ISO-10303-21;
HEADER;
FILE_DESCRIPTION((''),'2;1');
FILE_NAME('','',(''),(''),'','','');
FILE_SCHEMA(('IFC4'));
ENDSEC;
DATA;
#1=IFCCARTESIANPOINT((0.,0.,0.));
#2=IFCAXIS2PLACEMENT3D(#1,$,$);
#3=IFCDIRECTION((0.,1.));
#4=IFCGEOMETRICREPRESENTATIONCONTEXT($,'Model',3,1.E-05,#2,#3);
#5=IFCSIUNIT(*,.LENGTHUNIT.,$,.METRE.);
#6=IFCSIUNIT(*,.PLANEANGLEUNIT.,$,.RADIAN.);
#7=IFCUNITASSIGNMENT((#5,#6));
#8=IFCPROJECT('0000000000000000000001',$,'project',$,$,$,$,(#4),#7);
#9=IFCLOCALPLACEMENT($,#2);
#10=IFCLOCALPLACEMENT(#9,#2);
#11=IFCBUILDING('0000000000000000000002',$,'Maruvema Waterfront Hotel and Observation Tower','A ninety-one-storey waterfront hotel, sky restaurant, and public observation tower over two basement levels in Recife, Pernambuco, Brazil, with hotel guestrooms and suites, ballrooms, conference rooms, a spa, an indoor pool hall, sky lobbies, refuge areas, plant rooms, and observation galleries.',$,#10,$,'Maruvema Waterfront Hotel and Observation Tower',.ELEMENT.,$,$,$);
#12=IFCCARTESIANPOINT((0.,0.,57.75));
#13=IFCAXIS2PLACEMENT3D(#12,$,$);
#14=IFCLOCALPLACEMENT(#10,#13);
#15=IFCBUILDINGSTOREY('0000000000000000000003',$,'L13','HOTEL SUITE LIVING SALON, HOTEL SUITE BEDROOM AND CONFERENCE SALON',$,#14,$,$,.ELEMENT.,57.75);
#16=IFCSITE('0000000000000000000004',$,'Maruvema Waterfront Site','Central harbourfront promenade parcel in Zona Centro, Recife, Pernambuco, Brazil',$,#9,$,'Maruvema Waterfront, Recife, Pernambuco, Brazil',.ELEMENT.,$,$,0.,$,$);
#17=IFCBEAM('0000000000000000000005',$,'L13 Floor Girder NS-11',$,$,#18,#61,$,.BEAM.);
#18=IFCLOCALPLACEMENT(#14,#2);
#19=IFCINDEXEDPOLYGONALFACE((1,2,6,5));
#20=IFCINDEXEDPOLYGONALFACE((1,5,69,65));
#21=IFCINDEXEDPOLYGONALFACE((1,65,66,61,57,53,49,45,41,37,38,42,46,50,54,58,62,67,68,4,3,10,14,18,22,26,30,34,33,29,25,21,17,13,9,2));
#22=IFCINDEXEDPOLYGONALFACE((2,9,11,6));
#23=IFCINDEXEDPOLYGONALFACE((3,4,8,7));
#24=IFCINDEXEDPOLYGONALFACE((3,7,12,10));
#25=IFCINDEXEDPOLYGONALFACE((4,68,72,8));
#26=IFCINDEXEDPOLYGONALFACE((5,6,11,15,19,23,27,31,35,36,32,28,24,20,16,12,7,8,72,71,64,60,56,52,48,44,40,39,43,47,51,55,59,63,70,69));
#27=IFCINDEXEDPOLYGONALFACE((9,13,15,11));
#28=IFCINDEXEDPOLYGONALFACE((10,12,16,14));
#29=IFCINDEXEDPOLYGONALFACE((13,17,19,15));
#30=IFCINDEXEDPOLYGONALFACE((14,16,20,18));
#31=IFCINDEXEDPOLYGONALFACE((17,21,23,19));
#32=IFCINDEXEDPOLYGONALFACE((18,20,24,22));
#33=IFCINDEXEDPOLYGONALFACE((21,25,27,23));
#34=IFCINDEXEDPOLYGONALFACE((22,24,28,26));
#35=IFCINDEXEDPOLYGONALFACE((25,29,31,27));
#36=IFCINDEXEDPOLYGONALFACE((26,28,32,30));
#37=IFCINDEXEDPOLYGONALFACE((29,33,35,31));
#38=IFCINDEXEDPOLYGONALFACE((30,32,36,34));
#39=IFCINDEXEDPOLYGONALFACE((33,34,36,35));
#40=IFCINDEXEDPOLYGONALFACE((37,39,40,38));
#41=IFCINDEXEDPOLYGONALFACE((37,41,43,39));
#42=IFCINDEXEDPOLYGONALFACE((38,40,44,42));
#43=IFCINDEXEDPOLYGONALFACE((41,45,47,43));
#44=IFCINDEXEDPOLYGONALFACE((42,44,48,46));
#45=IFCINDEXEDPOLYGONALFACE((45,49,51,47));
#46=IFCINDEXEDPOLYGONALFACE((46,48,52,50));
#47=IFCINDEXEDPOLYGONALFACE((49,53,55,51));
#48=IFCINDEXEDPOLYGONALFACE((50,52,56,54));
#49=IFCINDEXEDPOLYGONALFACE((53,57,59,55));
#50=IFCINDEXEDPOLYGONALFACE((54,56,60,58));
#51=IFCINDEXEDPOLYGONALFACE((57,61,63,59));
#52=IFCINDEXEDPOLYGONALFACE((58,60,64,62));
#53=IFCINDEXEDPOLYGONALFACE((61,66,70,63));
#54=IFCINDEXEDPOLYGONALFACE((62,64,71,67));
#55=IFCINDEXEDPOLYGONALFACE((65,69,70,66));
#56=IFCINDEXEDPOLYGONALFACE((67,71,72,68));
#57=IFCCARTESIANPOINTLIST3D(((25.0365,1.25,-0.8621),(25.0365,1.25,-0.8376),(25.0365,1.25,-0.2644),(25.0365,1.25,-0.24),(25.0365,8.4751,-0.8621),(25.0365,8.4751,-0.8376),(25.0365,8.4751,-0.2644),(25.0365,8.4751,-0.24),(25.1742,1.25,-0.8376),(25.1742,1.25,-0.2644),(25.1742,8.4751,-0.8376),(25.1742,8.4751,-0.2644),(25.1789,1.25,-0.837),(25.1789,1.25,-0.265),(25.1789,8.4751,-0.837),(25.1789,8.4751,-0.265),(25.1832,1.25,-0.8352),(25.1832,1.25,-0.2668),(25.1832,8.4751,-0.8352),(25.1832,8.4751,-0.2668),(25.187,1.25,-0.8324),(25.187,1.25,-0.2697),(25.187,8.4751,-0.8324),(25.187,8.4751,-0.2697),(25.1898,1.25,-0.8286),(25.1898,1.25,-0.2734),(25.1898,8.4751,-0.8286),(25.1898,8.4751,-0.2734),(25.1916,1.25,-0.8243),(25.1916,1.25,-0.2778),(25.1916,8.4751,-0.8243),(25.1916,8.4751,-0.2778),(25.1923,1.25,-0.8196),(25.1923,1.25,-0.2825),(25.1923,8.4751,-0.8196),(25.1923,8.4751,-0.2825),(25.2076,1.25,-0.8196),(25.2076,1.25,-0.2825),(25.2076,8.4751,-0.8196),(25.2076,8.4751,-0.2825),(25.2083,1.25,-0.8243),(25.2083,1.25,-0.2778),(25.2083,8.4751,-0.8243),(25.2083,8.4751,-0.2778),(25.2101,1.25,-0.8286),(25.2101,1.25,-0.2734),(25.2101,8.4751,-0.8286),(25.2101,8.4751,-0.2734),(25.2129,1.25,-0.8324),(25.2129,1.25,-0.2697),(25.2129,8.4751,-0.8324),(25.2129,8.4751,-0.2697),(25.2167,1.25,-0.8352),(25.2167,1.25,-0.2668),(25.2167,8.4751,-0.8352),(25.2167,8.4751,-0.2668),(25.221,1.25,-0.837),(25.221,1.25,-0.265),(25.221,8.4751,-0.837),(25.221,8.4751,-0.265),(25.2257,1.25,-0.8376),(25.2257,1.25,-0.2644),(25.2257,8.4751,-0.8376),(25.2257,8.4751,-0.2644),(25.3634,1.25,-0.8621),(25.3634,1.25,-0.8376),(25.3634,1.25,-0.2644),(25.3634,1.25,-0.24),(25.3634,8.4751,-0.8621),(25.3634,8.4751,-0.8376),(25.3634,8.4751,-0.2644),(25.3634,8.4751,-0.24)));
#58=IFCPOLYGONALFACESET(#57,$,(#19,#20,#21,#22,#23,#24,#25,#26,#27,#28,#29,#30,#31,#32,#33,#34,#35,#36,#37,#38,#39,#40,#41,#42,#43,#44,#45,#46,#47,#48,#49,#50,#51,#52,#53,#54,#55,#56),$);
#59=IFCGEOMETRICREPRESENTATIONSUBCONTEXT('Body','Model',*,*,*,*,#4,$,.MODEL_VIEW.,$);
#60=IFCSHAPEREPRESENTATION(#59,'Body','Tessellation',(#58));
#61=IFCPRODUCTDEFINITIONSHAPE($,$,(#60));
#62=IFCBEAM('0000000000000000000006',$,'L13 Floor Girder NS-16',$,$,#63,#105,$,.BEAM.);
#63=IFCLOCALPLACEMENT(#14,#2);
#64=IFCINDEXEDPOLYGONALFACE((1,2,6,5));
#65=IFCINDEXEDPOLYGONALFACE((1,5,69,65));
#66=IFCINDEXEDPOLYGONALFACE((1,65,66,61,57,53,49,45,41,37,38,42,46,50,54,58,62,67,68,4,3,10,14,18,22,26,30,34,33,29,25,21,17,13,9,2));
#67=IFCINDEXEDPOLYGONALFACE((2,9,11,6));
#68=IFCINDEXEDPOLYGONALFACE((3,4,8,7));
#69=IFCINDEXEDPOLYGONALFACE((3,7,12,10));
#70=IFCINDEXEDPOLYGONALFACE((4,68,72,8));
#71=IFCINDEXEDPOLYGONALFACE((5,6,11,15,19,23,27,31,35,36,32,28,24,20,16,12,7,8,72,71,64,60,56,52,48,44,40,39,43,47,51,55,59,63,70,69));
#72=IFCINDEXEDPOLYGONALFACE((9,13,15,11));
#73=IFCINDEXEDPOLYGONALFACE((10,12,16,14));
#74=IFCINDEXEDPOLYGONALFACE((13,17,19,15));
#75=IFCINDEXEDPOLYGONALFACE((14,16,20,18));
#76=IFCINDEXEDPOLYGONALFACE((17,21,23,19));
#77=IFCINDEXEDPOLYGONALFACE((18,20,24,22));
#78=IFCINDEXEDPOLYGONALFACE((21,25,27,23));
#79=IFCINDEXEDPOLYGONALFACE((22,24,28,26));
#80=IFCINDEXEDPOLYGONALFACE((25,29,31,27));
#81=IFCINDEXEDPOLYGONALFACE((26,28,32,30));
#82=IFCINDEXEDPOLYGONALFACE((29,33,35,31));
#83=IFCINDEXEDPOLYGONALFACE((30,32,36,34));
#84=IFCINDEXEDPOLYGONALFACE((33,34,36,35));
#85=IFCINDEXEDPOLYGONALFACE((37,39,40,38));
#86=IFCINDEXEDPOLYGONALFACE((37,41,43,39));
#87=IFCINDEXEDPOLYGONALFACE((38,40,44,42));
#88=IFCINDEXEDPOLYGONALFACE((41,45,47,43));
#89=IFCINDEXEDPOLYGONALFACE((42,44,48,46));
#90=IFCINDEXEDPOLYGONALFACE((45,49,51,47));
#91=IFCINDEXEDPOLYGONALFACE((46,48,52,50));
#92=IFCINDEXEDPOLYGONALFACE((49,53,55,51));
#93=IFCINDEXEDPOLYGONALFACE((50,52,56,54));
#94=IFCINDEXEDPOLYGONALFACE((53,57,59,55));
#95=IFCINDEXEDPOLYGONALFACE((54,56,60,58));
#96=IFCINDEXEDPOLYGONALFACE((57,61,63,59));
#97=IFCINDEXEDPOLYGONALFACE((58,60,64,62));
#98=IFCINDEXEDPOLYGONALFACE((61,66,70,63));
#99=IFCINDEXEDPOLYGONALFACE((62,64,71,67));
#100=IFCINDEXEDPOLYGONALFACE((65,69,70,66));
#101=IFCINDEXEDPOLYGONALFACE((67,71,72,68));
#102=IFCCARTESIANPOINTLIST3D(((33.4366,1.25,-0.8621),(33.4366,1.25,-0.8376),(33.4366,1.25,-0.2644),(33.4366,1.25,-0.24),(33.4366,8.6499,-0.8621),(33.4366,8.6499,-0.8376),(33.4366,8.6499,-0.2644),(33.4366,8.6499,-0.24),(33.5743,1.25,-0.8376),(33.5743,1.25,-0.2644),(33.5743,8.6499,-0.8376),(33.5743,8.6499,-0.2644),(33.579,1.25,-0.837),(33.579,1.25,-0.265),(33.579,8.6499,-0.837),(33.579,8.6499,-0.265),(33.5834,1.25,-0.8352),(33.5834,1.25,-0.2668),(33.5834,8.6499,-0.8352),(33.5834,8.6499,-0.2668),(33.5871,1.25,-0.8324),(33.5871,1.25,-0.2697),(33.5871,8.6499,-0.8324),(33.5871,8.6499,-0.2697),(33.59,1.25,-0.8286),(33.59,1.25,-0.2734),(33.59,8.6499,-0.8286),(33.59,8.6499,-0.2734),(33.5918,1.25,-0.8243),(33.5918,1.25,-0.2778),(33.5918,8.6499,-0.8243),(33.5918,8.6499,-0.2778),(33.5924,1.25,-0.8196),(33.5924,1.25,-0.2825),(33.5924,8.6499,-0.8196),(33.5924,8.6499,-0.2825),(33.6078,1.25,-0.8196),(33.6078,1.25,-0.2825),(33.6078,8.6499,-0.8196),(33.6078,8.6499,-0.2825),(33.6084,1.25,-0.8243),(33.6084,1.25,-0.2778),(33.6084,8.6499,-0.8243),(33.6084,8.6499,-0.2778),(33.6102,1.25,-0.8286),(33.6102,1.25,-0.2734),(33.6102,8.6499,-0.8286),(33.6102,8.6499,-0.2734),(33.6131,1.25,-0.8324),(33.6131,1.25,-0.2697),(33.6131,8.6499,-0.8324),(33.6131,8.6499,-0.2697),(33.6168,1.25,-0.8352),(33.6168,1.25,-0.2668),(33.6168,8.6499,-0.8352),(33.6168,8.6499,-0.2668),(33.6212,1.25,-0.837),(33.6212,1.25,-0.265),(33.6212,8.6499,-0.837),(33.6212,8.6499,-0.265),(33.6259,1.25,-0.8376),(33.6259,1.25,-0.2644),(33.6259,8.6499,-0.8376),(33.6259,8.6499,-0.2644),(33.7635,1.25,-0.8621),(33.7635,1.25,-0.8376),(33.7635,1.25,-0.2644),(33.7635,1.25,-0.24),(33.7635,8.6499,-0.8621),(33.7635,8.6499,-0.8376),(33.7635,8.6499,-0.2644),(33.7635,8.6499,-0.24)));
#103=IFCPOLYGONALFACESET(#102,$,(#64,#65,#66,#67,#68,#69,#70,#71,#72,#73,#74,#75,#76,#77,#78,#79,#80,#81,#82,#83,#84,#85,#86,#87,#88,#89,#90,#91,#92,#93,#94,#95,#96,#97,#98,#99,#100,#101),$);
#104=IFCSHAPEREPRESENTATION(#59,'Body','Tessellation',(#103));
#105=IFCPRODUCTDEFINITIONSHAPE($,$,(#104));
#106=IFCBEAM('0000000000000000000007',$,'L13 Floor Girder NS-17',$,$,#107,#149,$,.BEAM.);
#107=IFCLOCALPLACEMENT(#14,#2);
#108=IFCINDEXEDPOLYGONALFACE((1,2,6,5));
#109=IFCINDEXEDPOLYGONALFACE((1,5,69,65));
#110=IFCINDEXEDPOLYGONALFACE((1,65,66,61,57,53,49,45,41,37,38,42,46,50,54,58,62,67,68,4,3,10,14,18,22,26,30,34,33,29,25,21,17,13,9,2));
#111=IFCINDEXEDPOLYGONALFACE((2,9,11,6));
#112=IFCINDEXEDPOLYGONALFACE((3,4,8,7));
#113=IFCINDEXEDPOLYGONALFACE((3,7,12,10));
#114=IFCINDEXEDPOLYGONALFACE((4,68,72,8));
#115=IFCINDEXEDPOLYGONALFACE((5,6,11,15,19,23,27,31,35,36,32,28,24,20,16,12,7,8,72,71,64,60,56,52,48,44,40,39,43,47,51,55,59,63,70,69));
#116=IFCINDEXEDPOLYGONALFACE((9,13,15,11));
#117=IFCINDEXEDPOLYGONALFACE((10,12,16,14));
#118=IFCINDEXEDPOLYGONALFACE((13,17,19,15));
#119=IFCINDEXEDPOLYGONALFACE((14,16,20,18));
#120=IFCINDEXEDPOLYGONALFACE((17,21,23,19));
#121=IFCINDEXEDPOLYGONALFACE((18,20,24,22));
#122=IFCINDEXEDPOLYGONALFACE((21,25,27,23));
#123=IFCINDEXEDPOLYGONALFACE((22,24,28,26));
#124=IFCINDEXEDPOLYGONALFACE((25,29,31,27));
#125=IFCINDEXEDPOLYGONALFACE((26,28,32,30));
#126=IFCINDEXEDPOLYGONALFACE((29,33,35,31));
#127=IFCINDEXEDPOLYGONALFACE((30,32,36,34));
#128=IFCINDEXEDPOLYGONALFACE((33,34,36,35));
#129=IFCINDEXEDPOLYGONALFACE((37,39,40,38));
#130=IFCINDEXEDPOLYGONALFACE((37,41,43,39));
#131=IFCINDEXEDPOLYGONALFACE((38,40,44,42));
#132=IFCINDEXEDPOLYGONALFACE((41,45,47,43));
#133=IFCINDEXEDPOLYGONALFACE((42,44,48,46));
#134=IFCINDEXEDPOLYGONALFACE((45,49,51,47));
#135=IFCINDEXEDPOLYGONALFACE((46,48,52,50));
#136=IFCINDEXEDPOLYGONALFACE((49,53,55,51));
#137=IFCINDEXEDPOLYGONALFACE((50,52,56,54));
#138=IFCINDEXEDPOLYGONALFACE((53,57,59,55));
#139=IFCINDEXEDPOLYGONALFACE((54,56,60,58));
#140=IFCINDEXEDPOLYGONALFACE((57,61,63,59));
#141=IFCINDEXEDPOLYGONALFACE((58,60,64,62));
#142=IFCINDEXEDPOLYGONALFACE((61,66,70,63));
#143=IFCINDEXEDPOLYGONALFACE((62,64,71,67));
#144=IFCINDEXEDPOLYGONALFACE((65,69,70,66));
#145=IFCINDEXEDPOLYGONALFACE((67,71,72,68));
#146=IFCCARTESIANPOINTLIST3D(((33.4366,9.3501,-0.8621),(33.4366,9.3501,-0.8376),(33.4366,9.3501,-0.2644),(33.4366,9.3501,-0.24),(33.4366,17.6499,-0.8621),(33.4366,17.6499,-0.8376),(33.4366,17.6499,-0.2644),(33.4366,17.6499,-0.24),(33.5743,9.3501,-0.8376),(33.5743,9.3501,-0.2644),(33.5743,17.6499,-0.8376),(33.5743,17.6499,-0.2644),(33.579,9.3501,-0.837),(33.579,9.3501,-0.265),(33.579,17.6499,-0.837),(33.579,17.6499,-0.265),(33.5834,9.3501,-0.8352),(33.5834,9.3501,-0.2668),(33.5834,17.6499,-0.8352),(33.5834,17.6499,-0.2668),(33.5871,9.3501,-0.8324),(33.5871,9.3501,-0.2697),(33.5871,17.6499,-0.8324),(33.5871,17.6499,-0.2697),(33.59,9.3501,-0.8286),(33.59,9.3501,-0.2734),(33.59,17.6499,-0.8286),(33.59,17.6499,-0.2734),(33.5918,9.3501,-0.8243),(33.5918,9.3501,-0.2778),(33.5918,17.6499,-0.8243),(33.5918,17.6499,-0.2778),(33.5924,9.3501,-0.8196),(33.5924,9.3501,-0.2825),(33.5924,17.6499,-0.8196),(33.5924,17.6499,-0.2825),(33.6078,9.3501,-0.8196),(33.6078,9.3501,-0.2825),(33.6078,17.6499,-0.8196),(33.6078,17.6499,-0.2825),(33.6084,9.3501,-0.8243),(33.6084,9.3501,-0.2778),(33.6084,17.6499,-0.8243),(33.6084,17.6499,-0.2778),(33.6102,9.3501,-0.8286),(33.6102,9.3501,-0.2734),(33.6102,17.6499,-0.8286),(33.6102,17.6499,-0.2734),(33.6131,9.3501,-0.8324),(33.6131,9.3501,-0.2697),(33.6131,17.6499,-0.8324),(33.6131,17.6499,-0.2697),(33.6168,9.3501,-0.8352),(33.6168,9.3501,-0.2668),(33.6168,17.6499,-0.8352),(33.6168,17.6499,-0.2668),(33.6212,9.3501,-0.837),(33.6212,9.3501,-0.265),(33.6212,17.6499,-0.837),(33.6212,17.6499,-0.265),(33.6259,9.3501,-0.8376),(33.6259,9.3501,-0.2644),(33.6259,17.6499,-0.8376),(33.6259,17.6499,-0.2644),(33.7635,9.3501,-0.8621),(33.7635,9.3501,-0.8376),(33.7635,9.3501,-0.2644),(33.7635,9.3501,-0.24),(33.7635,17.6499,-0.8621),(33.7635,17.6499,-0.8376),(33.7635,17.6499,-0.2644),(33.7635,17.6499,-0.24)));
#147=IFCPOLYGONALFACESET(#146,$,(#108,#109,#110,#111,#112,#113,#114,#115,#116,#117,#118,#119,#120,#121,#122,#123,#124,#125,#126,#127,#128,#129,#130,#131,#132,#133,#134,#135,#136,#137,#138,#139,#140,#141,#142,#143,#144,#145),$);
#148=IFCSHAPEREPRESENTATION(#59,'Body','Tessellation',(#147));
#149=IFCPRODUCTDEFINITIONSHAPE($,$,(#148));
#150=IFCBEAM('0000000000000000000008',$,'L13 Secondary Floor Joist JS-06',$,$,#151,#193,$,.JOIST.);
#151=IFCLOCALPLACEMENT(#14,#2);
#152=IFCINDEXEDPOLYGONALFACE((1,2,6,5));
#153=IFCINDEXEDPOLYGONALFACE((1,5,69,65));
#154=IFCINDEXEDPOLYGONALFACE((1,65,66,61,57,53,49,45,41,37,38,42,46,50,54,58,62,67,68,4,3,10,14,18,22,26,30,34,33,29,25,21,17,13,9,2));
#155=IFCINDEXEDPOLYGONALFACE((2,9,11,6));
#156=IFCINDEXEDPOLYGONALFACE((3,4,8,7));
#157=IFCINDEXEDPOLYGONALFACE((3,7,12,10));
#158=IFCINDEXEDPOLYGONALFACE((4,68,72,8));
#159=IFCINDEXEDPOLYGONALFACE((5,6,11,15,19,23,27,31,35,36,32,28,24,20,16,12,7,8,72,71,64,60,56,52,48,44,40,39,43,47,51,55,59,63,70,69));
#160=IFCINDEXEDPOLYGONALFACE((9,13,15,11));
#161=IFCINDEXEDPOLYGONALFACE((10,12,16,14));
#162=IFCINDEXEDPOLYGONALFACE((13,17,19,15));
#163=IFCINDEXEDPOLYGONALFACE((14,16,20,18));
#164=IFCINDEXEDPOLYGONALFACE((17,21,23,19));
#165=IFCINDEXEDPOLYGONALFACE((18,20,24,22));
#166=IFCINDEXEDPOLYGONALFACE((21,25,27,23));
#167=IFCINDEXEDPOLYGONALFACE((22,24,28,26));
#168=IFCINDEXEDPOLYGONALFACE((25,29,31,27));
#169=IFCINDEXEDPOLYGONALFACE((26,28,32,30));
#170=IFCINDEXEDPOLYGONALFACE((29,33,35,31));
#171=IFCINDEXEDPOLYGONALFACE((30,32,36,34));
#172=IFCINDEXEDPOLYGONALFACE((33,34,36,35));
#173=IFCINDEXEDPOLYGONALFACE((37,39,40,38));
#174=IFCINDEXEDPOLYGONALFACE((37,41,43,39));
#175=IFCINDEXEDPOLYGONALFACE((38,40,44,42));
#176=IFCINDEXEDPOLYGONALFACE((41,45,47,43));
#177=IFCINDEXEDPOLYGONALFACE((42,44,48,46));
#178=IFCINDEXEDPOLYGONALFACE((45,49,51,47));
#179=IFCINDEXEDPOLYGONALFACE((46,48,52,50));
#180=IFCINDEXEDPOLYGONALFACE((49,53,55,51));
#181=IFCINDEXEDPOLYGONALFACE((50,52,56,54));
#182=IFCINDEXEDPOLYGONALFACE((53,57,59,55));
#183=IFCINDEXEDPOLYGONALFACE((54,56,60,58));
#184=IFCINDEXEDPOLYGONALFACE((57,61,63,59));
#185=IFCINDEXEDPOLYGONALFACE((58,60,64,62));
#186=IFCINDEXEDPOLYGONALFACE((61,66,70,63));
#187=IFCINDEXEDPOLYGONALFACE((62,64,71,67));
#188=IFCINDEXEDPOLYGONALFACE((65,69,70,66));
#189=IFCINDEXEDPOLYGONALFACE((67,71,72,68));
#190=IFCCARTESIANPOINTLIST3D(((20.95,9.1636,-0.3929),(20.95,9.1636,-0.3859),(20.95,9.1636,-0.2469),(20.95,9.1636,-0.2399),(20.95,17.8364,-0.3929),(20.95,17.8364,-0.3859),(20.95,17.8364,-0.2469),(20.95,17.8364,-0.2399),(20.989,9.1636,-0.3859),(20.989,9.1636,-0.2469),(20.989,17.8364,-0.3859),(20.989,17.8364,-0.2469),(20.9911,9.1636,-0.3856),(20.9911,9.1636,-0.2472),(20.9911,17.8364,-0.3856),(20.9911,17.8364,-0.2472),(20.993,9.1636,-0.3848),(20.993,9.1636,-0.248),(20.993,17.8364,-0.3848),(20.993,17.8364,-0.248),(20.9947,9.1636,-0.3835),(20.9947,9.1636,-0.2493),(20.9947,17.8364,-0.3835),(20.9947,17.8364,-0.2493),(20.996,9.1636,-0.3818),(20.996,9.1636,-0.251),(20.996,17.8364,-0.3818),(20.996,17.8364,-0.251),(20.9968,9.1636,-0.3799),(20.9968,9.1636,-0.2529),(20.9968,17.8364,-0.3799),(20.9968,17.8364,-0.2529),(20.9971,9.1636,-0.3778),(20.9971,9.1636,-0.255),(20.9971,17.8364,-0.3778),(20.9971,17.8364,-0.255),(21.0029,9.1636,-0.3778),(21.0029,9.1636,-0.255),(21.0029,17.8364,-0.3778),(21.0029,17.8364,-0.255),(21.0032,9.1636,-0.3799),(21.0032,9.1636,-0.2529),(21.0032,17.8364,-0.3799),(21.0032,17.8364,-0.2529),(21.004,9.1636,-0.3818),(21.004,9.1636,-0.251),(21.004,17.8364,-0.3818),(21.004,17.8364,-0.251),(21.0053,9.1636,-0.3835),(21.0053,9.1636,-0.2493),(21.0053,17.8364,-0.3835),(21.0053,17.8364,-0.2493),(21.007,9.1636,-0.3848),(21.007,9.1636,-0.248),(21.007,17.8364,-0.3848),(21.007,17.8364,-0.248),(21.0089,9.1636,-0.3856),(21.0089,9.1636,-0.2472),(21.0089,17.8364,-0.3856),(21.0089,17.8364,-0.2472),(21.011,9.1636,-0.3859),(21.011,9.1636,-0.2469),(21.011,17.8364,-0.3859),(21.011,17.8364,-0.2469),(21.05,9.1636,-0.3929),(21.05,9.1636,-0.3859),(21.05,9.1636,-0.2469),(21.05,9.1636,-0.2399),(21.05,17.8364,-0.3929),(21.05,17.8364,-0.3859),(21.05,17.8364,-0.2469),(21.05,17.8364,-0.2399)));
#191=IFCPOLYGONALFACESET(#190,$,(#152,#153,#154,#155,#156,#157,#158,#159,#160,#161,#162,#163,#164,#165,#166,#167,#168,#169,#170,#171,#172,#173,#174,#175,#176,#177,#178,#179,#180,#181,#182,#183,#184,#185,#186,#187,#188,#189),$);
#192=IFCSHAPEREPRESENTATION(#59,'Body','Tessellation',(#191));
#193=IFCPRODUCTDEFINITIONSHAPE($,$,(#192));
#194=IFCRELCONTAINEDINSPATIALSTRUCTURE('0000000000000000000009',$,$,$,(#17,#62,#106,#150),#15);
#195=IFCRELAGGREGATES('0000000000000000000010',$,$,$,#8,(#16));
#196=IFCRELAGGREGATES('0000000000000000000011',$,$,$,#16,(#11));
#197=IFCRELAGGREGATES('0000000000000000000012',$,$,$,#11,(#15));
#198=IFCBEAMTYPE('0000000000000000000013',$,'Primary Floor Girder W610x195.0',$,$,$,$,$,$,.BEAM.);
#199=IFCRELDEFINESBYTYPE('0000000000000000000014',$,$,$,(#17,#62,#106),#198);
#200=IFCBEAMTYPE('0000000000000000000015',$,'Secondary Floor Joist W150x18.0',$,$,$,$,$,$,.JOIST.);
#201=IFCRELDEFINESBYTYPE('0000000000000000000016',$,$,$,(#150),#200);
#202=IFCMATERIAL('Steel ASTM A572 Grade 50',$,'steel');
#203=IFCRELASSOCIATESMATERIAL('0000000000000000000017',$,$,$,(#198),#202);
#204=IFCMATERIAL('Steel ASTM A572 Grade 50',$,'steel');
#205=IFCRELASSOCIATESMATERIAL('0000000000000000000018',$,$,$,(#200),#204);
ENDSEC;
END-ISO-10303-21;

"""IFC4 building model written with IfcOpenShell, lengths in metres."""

from ifc_helpers import new_model, si_unit, direction, frame, origin, origin_2d, place, context, subcontext, project, spatial, i_section, extrude, material, material_profile, profile_set, type_object, element, save


model = new_model("IFC4")

# Units and contexts
model_context = context("Model", 3, precision=1e-05, world=origin(), true_north=direction((0.0, 1.0)))
body_context = subcontext(model_context, "Body", "Model", "MODEL_VIEW")
ifc_project = project(units=[si_unit("LENGTHUNIT", "METRE"), si_unit("PLANEANGLEUNIT", "RADIAN")], contexts=[model_context])

# Site, building, storey
site_placement = place(None, origin())
site = spatial("IfcSite", under=ifc_project, at=site_placement, Name="Maruvema Waterfront Site", Description="Central harbourfront promenade parcel in Zona Centro, Recife, Pernambuco, Brazil", LongName="Maruvema Waterfront, Recife, Pernambuco, Brazil", CompositionType="ELEMENT", RefElevation=0.0)
building_placement = place(site_placement, origin())
building = spatial("IfcBuilding", under=site, at=building_placement, Name="Maruvema Waterfront Hotel and Observation Tower", Description="A ninety-one-storey waterfront hotel, sky restaurant, and public observation tower over two basement levels in Recife, Pernambuco, Brazil, with hotel guestrooms and suites, ballrooms, conference rooms, a spa, an indoor pool hall, sky lobbies, refuge areas, plant rooms, and observation galleries.", LongName="Maruvema Waterfront Hotel and Observation Tower", CompositionType="ELEMENT")
storey_placement = place(building_placement, frame((0.0, 0.0, 57.75)))
storey = spatial("IfcBuildingStorey", under=building, at=storey_placement, Name="L13", Description="HOTEL SUITE LIVING SALON, HOTEL SUITE BEDROOM AND CONFERENCE SALON", CompositionType="ELEMENT", Elevation=57.75)

# Beams
ifc_material_1 = material(Name="Steel ASTM A572 Grade 50", Category="steel")
ifc_material_profile_1 = material_profile(ifc_material_1, i_section(OverallWidth=0.3269, OverallDepth=0.6221, WebThickness=0.0154, FlangeThickness=0.0244, FilletRadius=0.0181, at=origin_2d()), Name="W610x195.0")
ifc_profile_set_1 = profile_set([ifc_material_profile_1], Name="Steel ASTM A572 Grade 50")
beam_type_1 = type_object("IfcBeamType", Name="Primary Floor Girder W610x195.0", PredefinedType="BEAM", material=ifc_profile_set_1)
beam_1_placement = place(storey_placement, frame((25.2, 1.25, -0.551), z_axis=(0.0, 1.0, 0.0), x_axis=(-1.0, 0.0, 0.0)))
element("IfcBeam", 1, at=beam_1_placement, inside=storey, type_object=beam_type_1, Name="L13 Floor Girder NS-11", PredefinedType="BEAM", context=body_context, shape_type="SweptSolid", body=[
    extrude(i_section(OverallWidth=0.3269, OverallDepth=0.6221, WebThickness=0.0154, FlangeThickness=0.0244, FilletRadius=0.0181, at=origin_2d()), origin(), (0.0, 0.0, 1.0), 7.2251),
])
beam_2_placement = place(storey_placement, frame((33.6001, 1.25, -0.551), z_axis=(0.0, 1.0, 0.0), x_axis=(-1.0, 0.0, 0.0)))
element("IfcBeam", 2, at=beam_2_placement, inside=storey, type_object=beam_type_1, Name="L13 Floor Girder NS-16", PredefinedType="BEAM", context=body_context, shape_type="SweptSolid", body=[
    extrude(i_section(OverallWidth=0.3269, OverallDepth=0.6221, WebThickness=0.0154, FlangeThickness=0.0244, FilletRadius=0.0181, at=origin_2d()), origin(), (0.0, 0.0, 1.0), 7.3999),
])
beam_3_placement = place(storey_placement, frame((33.6001, 9.3501, -0.551), z_axis=(0.0, 1.0, 0.0), x_axis=(-1.0, 0.0, 0.0)))
element("IfcBeam", 3, at=beam_3_placement, inside=storey, type_object=beam_type_1, Name="L13 Floor Girder NS-17", PredefinedType="BEAM", context=body_context, shape_type="SweptSolid", body=[
    extrude(i_section(OverallWidth=0.3269, OverallDepth=0.6221, WebThickness=0.0154, FlangeThickness=0.0244, FilletRadius=0.0181, at=origin_2d()), origin(), (0.0, 0.0, 1.0), 8.2998),
])
ifc_material_2 = material(Name="Steel ASTM A572 Grade 50", Category="steel")
ifc_material_profile_2 = material_profile(ifc_material_2, i_section(OverallWidth=0.1001, OverallDepth=0.1531, WebThickness=0.0059, FlangeThickness=0.0071, FilletRadius=0.0081, at=origin_2d()), Name="W150x18.0")
ifc_profile_set_2 = profile_set([ifc_material_profile_2], Name="Steel ASTM A572 Grade 50")
beam_type_2 = type_object("IfcBeamType", Name="Secondary Floor Joist W150x18.0", PredefinedType="JOIST", material=ifc_profile_set_2)
beam_4_placement = place(storey_placement, frame((21.0, 9.1636, -0.3164), z_axis=(0.0, 1.0, 0.0), x_axis=(-1.0, 0.0, 0.0)))
element("IfcBeam", 4, at=beam_4_placement, inside=storey, type_object=beam_type_2, Name="L13 Secondary Floor Joist JS-06", PredefinedType="JOIST", context=body_context, shape_type="SweptSolid", body=[
    extrude(i_section(OverallWidth=0.1001, OverallDepth=0.1531, WebThickness=0.0059, FlangeThickness=0.0071, FilletRadius=0.0081, at=origin_2d()), origin(), (0.0, 0.0, 1.0), 8.6729),
])

save(model, "model.ifc")
